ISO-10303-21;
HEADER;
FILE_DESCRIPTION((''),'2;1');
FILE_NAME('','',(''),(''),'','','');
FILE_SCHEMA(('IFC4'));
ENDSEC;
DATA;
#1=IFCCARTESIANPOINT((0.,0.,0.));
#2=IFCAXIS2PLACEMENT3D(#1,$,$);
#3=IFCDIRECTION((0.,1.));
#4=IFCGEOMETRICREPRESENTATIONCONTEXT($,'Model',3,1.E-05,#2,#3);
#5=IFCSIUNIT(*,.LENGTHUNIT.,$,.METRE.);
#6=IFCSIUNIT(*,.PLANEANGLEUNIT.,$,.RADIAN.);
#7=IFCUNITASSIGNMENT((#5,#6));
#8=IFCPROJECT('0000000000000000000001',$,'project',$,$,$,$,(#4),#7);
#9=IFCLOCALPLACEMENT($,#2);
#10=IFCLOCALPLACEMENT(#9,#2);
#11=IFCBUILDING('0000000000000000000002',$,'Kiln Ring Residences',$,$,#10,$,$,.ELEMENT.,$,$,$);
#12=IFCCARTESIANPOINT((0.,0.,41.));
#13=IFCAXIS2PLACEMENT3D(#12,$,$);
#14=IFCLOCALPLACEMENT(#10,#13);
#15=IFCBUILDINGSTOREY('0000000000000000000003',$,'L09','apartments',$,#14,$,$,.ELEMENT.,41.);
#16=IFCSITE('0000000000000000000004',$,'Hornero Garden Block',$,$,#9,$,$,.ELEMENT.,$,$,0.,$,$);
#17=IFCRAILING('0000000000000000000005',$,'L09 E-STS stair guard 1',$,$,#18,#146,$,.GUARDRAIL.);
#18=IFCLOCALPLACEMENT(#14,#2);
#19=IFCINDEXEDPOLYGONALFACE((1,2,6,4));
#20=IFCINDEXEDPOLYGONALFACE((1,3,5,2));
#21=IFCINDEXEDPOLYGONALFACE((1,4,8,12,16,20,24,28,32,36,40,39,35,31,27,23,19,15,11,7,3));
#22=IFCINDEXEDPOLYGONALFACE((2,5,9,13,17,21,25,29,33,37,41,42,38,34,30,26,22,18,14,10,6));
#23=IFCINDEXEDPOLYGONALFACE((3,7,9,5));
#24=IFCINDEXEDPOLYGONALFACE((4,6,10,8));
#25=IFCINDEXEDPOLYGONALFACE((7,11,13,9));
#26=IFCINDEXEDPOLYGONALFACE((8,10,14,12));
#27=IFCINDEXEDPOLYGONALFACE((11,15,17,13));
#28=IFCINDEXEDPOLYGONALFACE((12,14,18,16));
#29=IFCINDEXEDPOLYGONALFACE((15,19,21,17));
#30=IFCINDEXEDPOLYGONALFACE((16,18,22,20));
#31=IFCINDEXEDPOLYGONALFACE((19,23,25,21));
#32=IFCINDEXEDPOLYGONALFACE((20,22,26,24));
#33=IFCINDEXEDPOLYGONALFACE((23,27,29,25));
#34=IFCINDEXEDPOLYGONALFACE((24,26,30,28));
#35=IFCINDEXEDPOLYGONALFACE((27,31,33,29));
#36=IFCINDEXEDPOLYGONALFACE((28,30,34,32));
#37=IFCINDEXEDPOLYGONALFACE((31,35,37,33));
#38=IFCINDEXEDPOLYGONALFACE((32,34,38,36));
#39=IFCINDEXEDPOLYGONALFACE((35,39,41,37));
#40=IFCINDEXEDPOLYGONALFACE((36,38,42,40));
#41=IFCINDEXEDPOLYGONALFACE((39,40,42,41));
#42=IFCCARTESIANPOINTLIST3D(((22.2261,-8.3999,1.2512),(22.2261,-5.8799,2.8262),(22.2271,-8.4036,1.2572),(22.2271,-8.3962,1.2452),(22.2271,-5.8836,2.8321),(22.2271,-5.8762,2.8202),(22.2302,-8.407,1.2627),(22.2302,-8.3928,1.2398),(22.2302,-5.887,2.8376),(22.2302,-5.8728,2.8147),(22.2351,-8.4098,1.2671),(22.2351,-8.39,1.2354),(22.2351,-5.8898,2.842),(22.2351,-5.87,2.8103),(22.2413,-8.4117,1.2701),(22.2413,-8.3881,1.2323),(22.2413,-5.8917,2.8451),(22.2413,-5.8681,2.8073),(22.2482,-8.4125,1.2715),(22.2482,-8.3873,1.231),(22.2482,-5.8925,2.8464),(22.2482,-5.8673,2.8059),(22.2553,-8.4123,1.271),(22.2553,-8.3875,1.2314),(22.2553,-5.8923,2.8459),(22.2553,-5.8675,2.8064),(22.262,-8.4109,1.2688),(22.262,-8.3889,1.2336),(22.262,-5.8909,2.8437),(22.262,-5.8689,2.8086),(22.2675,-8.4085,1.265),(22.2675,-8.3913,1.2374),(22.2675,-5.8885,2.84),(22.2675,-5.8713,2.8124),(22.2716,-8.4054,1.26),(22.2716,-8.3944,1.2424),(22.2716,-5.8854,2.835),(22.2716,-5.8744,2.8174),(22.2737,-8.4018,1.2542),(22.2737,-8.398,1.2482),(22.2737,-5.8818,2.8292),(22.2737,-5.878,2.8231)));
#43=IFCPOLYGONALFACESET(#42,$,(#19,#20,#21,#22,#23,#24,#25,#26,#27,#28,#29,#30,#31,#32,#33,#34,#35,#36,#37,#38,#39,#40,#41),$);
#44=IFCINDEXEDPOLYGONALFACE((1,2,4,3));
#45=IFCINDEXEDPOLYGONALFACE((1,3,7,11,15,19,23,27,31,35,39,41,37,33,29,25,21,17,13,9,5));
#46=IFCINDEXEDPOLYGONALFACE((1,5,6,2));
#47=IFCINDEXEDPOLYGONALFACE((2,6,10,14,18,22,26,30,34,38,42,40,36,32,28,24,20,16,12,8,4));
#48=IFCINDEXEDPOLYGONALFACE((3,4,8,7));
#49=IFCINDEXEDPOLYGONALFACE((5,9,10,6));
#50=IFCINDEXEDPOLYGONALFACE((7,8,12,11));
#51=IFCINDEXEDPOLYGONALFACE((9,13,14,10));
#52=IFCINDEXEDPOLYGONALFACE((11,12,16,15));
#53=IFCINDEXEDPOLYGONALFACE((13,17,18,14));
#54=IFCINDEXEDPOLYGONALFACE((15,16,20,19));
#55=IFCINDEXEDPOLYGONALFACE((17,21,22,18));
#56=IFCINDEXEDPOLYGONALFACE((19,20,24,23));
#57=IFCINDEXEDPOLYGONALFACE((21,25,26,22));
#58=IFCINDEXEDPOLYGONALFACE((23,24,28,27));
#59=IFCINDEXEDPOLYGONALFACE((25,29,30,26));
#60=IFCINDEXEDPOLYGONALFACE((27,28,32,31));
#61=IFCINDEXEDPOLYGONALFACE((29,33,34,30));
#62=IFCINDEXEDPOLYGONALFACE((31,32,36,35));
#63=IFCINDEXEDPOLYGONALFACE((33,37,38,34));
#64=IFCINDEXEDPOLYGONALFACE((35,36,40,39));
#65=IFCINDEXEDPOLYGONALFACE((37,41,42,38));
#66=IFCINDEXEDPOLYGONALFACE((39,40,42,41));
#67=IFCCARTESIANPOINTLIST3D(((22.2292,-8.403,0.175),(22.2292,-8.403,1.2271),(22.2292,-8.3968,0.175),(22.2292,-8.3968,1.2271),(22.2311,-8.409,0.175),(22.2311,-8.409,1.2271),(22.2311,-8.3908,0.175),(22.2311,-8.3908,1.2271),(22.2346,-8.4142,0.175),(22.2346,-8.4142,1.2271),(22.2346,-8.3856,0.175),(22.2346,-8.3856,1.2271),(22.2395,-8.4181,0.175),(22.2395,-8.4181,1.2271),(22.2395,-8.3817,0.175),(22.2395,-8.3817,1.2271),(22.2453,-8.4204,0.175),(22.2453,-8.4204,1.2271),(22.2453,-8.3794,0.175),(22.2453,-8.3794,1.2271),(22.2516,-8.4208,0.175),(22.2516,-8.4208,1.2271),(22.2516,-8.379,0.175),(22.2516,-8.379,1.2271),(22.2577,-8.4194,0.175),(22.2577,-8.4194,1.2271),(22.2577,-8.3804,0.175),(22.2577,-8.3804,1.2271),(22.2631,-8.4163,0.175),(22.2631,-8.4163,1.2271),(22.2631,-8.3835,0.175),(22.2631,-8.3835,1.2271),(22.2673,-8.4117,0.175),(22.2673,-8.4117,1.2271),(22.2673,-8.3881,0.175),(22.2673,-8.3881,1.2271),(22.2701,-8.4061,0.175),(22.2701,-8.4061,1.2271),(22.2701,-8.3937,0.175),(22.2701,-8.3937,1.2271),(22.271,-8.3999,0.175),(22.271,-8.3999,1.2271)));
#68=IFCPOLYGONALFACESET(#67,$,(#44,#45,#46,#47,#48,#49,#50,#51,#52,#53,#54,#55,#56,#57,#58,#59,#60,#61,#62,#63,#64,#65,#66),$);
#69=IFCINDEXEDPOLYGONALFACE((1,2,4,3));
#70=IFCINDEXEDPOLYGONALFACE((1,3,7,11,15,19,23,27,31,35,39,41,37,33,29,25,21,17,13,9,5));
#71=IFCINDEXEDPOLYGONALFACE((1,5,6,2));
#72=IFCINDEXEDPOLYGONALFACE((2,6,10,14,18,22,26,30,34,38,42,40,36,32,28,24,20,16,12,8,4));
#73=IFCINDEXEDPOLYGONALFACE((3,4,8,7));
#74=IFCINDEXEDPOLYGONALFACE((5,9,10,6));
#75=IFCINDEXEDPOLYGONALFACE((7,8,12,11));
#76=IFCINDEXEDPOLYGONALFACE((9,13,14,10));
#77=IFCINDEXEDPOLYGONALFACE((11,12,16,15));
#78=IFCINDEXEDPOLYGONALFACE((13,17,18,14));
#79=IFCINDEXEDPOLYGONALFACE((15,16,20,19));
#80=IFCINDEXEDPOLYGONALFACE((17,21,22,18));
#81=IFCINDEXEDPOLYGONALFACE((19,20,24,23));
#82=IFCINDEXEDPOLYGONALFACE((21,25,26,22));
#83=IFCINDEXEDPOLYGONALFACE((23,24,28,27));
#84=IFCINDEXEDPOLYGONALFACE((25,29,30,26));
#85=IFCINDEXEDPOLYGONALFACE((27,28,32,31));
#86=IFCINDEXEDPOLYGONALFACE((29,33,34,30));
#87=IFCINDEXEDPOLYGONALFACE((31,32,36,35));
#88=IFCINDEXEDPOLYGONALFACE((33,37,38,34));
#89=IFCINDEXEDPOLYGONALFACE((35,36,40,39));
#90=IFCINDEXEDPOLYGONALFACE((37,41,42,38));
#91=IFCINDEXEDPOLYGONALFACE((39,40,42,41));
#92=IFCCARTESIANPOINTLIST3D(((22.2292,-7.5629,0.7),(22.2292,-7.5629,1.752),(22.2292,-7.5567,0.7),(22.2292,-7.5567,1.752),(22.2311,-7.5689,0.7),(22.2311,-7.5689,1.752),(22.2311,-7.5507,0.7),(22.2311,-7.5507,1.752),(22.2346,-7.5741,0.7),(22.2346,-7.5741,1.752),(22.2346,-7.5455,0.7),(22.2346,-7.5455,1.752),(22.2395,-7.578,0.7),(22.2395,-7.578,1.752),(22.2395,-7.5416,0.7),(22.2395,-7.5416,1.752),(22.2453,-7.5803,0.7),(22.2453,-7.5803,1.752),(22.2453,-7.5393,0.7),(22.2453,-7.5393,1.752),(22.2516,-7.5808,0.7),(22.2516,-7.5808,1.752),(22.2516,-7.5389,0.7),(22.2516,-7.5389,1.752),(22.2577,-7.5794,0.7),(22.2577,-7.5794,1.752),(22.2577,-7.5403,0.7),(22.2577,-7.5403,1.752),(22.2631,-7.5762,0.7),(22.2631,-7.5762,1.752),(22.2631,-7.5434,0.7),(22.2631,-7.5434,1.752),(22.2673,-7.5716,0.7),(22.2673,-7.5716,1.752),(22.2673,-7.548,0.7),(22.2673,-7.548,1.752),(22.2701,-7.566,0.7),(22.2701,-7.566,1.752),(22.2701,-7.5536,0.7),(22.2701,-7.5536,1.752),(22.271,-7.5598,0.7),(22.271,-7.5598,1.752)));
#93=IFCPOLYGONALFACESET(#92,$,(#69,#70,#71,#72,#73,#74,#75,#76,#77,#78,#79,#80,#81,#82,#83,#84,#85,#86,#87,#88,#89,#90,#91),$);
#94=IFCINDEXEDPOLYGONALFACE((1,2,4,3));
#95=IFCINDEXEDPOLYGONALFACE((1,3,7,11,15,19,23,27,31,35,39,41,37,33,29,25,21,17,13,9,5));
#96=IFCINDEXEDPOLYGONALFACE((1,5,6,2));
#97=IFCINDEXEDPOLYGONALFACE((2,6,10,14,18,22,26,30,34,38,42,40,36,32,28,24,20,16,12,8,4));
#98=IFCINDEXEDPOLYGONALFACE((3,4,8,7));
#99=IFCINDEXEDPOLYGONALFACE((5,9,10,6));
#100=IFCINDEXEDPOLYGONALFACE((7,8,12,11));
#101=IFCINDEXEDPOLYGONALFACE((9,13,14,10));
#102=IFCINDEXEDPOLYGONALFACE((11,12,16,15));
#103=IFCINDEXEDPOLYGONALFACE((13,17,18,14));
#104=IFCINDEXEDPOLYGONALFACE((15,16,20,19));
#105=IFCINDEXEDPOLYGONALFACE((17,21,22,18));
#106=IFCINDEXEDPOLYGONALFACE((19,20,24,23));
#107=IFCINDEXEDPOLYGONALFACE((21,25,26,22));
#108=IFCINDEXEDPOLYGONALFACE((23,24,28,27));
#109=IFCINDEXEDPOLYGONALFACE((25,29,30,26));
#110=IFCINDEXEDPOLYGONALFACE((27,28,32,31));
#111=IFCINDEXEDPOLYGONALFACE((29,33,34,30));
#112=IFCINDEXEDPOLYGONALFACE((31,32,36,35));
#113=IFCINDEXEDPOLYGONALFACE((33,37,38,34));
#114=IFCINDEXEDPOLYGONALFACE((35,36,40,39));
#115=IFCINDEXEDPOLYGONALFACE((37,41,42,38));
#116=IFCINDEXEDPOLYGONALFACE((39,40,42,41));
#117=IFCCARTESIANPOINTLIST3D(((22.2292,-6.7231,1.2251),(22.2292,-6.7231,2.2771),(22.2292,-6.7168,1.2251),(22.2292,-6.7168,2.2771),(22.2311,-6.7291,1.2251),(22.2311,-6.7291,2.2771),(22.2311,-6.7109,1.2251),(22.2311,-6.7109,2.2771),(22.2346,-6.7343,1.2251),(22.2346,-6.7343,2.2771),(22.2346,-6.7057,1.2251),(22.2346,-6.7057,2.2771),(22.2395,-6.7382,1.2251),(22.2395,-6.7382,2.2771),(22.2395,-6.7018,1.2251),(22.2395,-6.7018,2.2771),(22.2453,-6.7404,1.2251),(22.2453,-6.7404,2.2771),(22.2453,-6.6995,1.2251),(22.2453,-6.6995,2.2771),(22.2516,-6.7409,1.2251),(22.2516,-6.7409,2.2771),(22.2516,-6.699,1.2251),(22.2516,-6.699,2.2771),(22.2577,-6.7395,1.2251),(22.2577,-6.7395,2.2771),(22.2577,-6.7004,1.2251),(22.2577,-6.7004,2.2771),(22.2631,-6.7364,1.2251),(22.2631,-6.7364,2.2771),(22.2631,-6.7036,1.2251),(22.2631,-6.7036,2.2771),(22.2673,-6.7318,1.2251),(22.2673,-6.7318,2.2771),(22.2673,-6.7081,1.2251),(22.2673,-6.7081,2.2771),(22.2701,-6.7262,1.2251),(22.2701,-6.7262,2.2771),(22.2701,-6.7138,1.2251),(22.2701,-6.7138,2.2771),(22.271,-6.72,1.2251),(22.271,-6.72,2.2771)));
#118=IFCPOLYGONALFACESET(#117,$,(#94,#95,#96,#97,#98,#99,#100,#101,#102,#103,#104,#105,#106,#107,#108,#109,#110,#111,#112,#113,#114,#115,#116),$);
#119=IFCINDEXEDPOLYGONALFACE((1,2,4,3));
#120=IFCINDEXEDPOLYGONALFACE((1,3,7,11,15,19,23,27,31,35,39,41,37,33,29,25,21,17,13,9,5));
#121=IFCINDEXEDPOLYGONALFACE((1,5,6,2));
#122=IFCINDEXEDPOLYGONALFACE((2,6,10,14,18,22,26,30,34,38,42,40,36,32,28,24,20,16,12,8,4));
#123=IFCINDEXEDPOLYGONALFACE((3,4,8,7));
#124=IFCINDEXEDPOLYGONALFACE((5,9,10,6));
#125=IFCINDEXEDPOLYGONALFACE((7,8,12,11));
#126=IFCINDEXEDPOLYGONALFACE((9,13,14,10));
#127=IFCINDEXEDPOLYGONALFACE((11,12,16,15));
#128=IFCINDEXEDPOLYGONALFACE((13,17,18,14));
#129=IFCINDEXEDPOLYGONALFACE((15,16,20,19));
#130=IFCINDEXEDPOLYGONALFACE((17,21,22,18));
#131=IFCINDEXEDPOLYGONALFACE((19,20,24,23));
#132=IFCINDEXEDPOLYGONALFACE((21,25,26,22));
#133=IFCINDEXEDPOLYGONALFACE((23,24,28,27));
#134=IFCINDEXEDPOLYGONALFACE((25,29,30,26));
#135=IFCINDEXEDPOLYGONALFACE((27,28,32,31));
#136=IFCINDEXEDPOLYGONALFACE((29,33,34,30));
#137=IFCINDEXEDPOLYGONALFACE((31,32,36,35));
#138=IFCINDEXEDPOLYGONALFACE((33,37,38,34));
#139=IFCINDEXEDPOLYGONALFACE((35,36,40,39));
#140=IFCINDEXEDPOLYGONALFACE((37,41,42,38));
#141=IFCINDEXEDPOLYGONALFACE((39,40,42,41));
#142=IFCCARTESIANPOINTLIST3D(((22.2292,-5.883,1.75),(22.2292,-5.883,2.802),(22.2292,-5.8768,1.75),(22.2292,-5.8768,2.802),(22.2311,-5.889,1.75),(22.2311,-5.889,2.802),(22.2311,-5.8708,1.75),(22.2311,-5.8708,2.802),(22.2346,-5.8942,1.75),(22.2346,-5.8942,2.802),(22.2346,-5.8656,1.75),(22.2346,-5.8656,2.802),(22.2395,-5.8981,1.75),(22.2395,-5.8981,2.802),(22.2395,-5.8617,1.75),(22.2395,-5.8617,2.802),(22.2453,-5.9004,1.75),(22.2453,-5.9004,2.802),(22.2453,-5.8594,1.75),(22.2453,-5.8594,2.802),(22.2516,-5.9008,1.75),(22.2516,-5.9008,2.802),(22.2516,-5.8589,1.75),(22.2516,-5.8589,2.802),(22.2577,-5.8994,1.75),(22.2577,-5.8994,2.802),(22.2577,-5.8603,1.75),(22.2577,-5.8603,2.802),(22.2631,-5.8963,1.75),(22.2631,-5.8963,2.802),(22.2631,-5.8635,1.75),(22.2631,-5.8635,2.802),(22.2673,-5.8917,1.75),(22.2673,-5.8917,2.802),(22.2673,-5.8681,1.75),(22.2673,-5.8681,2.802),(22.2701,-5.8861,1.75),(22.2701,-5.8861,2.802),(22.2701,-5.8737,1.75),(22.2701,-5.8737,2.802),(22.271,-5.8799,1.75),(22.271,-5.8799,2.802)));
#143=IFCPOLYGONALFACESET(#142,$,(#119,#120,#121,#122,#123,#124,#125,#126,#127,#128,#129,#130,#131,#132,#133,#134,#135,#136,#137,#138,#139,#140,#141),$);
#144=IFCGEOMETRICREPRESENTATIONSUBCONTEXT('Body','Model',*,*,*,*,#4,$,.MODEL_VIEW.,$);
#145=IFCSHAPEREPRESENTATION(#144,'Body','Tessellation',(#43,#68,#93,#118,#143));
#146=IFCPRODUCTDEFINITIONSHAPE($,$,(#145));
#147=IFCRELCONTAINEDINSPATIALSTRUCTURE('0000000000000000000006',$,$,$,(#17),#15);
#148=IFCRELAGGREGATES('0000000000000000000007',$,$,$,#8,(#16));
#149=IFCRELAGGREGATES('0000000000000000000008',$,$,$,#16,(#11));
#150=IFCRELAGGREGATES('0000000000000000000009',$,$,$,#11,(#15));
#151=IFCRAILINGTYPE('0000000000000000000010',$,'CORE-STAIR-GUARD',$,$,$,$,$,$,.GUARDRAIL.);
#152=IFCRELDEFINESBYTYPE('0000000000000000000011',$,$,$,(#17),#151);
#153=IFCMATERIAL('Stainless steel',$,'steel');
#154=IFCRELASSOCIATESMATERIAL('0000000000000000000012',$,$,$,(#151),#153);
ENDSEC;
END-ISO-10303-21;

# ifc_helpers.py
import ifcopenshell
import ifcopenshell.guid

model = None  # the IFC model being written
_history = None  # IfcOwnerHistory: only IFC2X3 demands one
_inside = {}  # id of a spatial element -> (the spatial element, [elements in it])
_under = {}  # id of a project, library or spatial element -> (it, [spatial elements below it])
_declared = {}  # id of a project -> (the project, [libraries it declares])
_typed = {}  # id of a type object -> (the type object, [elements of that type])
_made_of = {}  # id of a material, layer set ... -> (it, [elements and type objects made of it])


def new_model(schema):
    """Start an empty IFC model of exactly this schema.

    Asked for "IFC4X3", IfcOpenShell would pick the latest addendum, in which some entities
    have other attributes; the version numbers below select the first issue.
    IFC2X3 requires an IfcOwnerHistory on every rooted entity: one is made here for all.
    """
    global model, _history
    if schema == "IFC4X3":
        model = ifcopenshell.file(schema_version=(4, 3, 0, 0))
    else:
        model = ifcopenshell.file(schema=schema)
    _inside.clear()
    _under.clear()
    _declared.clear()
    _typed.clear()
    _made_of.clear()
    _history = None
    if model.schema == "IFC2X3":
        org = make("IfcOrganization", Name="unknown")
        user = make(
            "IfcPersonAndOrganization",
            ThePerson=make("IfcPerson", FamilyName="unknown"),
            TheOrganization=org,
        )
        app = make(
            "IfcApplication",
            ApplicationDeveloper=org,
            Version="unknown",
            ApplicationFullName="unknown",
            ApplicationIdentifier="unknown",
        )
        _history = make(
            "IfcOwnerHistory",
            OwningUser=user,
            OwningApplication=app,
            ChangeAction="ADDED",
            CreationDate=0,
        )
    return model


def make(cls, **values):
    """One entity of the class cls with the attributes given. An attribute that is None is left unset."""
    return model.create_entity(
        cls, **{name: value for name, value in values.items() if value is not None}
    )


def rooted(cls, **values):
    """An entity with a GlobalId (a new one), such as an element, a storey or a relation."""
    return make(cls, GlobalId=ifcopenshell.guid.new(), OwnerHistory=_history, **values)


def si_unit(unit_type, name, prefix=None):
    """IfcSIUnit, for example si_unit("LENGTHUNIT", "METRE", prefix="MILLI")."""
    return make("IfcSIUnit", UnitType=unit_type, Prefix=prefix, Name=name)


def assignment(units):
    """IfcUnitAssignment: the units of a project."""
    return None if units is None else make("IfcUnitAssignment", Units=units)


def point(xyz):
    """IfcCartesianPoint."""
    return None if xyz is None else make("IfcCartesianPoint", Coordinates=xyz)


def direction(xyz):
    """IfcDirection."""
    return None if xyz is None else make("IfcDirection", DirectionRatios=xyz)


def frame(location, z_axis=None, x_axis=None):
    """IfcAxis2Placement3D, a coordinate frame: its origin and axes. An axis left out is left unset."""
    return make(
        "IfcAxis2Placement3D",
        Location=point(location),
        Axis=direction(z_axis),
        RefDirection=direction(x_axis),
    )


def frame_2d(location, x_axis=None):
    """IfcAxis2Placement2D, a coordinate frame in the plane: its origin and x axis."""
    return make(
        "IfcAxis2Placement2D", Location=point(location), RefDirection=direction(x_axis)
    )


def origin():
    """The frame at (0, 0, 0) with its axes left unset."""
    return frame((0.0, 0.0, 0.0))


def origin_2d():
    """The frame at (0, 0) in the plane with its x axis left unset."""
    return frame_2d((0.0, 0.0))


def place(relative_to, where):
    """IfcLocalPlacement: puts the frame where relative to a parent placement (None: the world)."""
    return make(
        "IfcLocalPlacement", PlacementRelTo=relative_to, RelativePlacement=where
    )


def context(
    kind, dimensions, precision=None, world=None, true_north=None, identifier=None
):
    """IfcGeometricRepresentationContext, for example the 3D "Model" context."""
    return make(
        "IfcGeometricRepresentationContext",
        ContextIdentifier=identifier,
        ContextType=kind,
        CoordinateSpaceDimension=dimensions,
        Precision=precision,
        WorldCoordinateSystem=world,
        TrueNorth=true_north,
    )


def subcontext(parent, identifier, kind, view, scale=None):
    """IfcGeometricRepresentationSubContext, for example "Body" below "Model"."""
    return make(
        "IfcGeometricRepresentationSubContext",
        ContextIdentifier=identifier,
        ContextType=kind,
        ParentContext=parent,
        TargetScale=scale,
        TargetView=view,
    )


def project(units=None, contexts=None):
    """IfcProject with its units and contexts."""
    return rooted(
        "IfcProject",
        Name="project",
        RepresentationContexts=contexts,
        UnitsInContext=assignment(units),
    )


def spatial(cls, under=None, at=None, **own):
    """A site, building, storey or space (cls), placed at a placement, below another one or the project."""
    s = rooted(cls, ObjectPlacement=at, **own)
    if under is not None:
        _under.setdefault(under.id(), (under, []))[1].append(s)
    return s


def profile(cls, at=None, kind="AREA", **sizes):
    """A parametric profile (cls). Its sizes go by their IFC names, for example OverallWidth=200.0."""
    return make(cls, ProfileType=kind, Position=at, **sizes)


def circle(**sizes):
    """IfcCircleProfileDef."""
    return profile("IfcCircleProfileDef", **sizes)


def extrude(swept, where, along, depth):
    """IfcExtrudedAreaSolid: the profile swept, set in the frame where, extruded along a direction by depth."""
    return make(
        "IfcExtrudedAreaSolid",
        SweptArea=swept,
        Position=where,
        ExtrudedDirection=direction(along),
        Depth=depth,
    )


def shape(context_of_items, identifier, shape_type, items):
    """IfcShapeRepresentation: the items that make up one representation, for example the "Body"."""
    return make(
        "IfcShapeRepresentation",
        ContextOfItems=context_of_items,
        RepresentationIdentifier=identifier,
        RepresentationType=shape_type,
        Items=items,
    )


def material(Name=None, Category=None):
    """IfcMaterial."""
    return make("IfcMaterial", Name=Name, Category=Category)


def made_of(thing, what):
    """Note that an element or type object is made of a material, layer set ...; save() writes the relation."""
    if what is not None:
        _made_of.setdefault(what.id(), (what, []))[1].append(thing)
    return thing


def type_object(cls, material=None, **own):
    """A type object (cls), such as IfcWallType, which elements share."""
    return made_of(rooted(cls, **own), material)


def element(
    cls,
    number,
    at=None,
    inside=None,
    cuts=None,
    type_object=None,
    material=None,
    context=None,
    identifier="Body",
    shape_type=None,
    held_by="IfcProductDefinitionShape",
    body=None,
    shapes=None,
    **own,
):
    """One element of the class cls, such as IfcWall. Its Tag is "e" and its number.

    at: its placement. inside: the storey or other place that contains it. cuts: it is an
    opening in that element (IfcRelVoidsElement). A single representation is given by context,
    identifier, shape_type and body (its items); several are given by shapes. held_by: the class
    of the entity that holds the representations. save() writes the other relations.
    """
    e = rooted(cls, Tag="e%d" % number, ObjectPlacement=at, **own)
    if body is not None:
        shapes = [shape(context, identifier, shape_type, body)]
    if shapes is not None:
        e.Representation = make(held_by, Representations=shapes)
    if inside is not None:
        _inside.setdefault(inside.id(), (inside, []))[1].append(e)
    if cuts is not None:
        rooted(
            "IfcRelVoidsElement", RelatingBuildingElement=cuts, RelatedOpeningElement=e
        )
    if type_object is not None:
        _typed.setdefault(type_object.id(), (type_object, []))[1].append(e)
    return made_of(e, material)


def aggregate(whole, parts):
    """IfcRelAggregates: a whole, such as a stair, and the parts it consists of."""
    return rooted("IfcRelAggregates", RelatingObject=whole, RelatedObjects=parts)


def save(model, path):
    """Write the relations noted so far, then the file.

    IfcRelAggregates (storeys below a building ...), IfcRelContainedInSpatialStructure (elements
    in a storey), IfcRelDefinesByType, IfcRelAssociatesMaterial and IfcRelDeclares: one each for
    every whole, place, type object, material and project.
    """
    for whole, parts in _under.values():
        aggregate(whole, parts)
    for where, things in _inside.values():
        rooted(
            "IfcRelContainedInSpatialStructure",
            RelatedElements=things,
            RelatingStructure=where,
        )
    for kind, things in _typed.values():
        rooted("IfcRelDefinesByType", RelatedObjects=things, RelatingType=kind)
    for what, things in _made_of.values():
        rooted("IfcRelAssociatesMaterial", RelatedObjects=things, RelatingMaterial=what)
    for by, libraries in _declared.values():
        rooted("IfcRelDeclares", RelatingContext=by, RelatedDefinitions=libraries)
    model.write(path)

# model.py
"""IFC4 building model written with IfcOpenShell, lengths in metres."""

from ifc_helpers import new_model, si_unit, direction, frame, origin, origin_2d, place, context, subcontext, project, spatial, circle, extrude, material, type_object, element, save


model = new_model("IFC4")

# Units and contexts
model_context = context("Model", 3, precision=1e-05, world=origin(), true_north=direction((0.0, 1.0)))
body_context = subcontext(model_context, "Body", "Model", "MODEL_VIEW")
ifc_project = project(units=[si_unit("LENGTHUNIT", "METRE"), si_unit("PLANEANGLEUNIT", "RADIAN")], contexts=[model_context])

# Site, building, storey
site_placement = place(None, origin())
site = spatial("IfcSite", under=ifc_project, at=site_placement, Name="Hornero Garden Block", CompositionType="ELEMENT", RefElevation=0.0)
building_placement = place(site_placement, origin())
building = spatial("IfcBuilding", under=site, at=building_placement, Name="Kiln Ring Residences", CompositionType="ELEMENT")
storey_placement = place(building_placement, frame((0.0, 0.0, 41.0)))
storey = spatial("IfcBuildingStorey", under=building, at=storey_placement, Name="L09", Description="apartments", CompositionType="ELEMENT", Elevation=41.0)

# Railing
ifc_material_1 = material(Name="Stainless steel", Category="steel")
railing_type_1 = type_object("IfcRailingType", Name="CORE-STAIR-GUARD", PredefinedType="GUARDRAIL", material=ifc_material_1)
railing_1_placement = place(storey_placement, frame((22.25, -8.3999, 0.175)))
element("IfcRailing", 1, at=railing_1_placement, inside=storey, type_object=railing_type_1, Name="L09 E-STS stair guard 1", PredefinedType="GUARDRAIL", context=body_context, shape_type="SweptSolid", body=[
    extrude(circle(Radius=0.0239, at=origin_2d()), frame((0.0, 0.0, 1.0762), z_axis=(0.0, 0.848008, 0.529984), x_axis=(-1.0, 0.0, 0.0)), (0.0, 0.0, 1.0), 2.9717),
    extrude(circle(Radius=0.021, at=origin_2d()), origin(), (0.0, 0.0, 1.0), 1.052),
    extrude(circle(Radius=0.021, at=origin_2d()), frame((0.0, 0.8401, 0.5249)), (0.0, 0.0, 1.0), 1.052),
    extrude(circle(Radius=0.021, at=origin_2d()), frame((0.0, 1.6799, 1.05)), (0.0, 0.0, 1.0), 1.052),
    extrude(circle(Radius=0.021, at=origin_2d()), frame((0.0, 2.52, 1.575)), (0.0, 0.0, 1.0), 1.052),
])

save(model, "model.ifc")
